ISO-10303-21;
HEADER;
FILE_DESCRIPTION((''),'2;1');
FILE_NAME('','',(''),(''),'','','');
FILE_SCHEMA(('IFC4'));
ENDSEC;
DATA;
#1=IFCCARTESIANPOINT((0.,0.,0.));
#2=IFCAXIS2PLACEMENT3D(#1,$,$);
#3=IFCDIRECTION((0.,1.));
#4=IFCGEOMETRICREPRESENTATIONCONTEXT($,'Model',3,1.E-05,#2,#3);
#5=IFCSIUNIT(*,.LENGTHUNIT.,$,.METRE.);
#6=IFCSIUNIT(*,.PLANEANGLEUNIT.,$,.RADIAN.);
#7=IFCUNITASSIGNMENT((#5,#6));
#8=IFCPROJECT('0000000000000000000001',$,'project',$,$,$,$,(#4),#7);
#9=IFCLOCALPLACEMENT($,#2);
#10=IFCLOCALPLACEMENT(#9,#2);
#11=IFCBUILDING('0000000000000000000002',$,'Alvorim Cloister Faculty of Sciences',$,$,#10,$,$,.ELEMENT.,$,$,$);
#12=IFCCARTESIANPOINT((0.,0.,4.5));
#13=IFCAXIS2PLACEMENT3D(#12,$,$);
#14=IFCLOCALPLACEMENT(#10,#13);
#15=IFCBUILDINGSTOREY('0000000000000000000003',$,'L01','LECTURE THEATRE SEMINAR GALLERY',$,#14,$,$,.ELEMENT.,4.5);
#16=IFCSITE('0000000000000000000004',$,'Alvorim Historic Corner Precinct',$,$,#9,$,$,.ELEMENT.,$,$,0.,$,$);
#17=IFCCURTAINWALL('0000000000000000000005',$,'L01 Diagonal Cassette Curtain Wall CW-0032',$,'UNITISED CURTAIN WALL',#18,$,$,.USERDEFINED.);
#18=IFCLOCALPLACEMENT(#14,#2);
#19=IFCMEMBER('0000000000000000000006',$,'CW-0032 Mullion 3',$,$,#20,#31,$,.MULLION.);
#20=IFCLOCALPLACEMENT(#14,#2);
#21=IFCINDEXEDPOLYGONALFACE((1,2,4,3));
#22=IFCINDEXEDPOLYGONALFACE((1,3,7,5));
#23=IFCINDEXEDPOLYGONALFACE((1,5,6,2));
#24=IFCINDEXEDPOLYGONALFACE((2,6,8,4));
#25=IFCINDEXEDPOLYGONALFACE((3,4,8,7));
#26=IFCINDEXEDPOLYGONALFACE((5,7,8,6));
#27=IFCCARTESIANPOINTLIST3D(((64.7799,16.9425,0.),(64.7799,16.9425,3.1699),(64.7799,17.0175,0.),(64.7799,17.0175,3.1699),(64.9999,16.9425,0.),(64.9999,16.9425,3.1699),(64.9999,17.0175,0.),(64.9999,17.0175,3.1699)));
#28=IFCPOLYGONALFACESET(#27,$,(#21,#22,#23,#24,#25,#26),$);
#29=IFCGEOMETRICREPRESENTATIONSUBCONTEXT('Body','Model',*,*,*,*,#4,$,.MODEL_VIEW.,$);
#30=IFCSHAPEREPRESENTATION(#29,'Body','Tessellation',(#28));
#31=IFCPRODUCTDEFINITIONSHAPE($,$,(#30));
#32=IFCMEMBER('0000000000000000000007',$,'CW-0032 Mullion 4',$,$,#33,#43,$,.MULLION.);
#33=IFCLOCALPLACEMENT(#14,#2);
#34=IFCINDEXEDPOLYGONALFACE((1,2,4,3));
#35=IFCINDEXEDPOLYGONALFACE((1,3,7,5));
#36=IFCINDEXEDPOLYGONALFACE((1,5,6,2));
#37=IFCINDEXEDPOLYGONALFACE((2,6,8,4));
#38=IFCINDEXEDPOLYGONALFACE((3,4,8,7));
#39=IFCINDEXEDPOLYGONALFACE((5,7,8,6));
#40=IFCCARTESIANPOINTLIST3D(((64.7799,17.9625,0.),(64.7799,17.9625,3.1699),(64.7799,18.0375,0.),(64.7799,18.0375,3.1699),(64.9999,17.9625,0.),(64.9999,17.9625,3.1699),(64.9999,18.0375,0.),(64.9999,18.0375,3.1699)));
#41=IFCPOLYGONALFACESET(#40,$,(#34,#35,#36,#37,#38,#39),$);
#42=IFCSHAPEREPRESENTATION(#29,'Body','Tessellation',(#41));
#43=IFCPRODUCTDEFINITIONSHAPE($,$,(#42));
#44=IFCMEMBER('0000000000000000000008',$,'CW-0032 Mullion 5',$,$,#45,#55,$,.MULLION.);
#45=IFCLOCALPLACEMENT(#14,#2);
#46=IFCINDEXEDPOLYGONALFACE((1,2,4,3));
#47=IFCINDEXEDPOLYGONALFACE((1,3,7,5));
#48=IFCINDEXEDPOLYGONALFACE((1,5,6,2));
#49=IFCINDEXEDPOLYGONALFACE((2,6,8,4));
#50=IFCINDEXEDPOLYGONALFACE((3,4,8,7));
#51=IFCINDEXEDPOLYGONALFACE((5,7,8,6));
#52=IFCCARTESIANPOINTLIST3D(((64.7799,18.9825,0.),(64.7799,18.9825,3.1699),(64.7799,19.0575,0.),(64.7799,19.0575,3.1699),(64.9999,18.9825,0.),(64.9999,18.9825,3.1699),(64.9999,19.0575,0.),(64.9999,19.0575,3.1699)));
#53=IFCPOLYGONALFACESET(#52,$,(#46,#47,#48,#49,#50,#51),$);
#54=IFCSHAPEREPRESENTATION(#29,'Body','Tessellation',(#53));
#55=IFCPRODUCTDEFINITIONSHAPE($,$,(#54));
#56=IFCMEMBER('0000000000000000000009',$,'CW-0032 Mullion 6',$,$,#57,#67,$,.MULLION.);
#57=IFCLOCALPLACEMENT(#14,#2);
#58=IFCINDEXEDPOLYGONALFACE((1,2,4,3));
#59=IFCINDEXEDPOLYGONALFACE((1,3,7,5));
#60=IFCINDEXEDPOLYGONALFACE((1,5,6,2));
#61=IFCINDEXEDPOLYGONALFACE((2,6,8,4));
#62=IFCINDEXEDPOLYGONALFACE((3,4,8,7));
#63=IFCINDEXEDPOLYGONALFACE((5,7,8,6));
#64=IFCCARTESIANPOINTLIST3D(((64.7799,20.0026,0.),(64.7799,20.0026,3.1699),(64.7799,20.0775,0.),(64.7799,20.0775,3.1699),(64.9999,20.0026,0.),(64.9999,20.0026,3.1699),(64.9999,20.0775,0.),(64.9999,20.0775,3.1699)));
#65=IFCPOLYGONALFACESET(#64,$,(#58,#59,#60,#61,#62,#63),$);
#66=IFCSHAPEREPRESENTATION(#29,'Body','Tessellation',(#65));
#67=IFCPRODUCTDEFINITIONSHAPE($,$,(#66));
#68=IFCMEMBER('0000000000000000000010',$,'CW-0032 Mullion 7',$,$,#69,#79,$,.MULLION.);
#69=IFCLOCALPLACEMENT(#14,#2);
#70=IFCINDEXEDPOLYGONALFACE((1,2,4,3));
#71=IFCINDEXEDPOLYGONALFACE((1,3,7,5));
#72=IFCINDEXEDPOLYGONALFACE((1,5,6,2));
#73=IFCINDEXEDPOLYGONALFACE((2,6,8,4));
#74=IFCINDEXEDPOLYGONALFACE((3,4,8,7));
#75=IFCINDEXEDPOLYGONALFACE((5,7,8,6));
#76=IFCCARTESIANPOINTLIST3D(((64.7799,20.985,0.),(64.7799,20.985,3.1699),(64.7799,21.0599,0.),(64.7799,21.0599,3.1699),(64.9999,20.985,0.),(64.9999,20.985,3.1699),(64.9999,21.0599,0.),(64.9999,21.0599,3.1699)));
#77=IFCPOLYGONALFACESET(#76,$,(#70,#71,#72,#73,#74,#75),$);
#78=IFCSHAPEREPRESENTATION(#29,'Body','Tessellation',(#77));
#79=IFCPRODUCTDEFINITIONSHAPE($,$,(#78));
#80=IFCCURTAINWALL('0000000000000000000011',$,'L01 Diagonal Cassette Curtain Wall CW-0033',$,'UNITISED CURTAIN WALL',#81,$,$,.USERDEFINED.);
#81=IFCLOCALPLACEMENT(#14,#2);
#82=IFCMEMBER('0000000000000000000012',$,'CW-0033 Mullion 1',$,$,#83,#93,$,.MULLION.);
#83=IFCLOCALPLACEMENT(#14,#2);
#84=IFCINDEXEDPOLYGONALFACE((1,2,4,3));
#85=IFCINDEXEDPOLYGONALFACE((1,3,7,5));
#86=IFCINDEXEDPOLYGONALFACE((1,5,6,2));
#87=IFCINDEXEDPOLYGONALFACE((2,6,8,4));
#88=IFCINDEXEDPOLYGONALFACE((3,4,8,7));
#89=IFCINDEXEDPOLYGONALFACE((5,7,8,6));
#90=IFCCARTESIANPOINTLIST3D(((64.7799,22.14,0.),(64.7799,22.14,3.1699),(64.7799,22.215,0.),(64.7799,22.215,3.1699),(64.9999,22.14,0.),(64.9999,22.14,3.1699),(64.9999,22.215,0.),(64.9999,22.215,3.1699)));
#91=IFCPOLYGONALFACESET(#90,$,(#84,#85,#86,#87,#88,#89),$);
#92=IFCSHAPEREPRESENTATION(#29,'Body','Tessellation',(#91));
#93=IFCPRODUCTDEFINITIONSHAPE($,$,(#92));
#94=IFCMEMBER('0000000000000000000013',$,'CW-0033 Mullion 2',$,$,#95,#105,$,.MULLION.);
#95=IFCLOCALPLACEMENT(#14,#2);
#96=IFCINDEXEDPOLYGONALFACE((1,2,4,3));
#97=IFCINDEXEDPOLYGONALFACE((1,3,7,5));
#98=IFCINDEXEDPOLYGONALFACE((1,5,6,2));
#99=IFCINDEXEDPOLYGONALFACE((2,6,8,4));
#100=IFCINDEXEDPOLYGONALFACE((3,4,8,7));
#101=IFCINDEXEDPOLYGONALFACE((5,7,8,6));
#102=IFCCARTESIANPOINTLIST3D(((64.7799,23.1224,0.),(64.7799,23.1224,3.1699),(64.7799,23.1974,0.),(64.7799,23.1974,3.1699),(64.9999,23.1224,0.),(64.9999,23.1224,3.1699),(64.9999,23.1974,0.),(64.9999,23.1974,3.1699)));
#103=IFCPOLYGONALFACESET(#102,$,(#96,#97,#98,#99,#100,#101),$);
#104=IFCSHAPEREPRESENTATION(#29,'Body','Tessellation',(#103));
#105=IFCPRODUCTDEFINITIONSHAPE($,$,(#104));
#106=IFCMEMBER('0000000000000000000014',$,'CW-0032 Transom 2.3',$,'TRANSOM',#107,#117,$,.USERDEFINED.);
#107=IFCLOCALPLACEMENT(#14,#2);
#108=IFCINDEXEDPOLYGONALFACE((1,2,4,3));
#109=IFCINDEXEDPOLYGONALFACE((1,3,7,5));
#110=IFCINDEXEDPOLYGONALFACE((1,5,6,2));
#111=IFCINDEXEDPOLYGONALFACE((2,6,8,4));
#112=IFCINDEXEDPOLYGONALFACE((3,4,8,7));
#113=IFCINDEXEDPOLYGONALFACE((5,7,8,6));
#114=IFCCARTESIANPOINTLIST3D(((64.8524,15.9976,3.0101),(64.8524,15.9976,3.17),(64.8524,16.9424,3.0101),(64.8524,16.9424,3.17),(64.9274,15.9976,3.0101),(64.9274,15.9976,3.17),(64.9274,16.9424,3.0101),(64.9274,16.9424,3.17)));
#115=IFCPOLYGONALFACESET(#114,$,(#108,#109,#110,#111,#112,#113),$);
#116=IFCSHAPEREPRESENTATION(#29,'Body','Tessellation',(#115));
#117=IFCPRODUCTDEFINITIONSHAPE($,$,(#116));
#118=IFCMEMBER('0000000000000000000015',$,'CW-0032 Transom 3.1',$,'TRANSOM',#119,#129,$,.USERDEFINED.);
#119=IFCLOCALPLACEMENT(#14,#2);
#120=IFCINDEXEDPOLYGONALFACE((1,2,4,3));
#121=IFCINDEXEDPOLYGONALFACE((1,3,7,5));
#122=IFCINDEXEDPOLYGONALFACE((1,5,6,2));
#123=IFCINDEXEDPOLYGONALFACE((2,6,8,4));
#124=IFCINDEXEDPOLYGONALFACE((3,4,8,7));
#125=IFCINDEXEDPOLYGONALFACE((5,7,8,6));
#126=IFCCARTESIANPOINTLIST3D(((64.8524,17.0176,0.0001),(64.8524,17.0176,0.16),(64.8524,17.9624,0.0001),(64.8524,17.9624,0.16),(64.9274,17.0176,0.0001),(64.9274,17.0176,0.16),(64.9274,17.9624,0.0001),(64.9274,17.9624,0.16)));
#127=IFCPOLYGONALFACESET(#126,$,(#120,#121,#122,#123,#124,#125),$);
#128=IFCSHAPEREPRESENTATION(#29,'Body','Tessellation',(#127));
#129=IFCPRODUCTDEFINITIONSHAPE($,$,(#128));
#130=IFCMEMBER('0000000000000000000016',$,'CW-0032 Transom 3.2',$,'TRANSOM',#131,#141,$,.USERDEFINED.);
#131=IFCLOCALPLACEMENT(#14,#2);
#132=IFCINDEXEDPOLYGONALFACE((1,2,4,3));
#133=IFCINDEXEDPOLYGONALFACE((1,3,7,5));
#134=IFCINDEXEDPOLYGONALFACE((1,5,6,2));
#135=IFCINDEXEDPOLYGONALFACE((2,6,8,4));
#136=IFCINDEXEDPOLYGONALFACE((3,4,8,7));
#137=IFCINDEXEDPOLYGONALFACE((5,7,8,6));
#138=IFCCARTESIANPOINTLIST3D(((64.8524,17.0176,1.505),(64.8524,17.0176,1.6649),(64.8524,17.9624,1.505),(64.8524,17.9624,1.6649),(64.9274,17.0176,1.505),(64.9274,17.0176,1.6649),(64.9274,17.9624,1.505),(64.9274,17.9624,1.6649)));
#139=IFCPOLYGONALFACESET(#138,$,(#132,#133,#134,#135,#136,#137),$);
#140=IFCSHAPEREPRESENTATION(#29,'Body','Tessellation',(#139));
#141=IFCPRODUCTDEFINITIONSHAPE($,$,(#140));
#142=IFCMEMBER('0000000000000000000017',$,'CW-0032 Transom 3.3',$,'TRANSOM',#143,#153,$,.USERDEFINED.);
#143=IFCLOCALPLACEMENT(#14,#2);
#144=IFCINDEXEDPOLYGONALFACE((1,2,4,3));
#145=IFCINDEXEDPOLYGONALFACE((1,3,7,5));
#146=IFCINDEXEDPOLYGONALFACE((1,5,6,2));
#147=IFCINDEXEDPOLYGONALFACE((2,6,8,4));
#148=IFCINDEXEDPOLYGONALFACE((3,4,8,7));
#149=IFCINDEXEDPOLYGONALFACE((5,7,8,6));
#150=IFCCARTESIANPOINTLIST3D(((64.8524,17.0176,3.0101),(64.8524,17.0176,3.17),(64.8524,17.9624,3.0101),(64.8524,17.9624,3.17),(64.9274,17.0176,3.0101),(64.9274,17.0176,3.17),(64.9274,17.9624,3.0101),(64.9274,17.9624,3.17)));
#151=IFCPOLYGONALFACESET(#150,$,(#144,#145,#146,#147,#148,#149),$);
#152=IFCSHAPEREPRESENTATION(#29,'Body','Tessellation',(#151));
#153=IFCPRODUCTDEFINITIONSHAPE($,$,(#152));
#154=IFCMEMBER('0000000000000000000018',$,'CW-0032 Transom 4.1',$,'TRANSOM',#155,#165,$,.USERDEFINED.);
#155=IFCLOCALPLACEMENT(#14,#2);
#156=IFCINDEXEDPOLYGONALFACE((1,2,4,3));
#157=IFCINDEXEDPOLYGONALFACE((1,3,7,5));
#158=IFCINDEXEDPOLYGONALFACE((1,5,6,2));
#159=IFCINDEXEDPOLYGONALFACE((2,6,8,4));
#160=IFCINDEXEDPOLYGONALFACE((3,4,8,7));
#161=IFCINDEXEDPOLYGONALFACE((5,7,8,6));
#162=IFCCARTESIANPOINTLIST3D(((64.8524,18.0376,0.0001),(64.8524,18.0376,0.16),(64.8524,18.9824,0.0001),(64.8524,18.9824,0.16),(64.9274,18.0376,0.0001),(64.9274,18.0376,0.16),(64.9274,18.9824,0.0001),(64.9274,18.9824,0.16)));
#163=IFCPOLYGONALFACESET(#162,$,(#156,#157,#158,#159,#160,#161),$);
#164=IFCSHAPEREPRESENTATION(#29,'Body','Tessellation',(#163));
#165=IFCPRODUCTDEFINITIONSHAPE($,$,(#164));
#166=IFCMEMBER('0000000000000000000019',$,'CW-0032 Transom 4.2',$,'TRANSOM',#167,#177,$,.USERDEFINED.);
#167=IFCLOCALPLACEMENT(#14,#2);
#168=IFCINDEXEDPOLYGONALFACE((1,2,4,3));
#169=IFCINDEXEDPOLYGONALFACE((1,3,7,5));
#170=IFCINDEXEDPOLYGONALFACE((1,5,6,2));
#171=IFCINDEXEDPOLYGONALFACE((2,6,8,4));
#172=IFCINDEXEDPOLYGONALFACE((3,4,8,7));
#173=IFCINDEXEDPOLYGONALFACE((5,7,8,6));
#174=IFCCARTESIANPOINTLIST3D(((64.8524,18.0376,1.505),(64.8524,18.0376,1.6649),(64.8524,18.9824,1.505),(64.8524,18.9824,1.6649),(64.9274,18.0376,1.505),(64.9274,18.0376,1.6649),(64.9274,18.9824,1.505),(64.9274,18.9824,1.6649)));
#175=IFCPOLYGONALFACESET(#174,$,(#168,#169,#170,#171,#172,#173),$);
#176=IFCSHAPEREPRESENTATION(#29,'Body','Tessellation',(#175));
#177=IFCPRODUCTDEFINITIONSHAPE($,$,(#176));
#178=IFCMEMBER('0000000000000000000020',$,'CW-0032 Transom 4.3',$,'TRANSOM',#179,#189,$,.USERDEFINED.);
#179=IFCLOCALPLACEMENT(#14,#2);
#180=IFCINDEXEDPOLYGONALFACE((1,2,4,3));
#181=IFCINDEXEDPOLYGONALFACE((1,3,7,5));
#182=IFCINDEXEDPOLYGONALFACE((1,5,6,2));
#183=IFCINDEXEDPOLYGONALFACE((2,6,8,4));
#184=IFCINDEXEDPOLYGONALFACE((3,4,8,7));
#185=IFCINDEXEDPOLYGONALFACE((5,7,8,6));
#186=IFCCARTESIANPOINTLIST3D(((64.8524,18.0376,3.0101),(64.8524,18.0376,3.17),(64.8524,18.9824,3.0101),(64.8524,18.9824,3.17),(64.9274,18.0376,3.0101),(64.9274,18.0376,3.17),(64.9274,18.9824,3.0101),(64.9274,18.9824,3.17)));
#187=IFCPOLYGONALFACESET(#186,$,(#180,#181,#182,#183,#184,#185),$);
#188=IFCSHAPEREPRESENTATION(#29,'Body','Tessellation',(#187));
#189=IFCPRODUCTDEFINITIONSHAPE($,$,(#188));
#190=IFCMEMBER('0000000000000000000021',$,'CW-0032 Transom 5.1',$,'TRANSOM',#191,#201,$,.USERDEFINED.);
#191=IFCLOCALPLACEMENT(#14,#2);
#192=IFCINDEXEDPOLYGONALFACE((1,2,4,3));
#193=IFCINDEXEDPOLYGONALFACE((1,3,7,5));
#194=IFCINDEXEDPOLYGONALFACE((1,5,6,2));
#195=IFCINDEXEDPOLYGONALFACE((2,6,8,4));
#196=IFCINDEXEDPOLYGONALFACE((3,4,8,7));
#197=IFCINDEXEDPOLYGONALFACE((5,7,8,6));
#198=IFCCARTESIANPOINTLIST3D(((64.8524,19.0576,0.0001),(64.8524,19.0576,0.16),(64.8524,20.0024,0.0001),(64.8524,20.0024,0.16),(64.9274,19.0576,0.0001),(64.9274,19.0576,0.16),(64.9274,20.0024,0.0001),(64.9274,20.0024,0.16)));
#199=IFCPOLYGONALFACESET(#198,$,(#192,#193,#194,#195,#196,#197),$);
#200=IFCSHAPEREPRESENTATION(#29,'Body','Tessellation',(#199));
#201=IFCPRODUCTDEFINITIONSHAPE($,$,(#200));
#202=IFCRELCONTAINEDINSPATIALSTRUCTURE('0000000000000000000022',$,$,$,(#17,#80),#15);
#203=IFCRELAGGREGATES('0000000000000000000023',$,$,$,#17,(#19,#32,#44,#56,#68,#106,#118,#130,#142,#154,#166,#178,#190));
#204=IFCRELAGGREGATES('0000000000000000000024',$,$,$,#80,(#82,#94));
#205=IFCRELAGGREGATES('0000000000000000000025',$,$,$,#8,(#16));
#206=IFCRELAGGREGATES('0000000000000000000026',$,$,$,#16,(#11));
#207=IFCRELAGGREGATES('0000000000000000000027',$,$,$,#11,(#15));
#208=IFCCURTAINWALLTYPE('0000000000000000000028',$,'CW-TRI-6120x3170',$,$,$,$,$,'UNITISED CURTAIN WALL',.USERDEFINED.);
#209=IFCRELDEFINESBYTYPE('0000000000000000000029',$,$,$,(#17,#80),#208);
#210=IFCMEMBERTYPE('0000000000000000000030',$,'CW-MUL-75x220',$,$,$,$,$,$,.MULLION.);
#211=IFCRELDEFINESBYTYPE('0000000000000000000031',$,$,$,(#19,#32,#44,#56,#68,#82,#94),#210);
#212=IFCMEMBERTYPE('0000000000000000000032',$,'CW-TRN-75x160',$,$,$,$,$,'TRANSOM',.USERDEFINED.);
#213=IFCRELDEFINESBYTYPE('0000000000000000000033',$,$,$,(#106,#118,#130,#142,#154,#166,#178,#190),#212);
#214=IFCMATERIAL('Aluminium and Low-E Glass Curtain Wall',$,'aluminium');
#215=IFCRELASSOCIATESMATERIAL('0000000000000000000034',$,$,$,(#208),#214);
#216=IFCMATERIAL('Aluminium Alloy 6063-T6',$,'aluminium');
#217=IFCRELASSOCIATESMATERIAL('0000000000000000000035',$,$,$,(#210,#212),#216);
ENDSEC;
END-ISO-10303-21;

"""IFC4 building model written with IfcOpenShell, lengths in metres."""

from ifc_helpers import new_model, si_unit, direction, frame, origin, origin_2d, place, context, subcontext, project, spatial, rectangle, extrude, material, material_profile, profile_set, type_object, element, aggregate, save


model = new_model("IFC4")

# Units and contexts
model_context = context("Model", 3, precision=1e-05, world=origin(), true_north=direction((0.0, 1.0)))
body_context = subcontext(model_context, "Body", "Model", "MODEL_VIEW")
ifc_project = project(units=[si_unit("LENGTHUNIT", "METRE"), si_unit("PLANEANGLEUNIT", "RADIAN")], contexts=[model_context])

# Site, building, storey
site_placement = place(None, origin())
site = spatial("IfcSite", under=ifc_project, at=site_placement, Name="Alvorim Historic Corner Precinct", CompositionType="ELEMENT", RefElevation=0.0)
building_placement = place(site_placement, origin())
building = spatial("IfcBuilding", under=site, at=building_placement, Name="Alvorim Cloister Faculty of Sciences", CompositionType="ELEMENT")
storey_placement = place(building_placement, frame((0.0, 0.0, 4.5)))
storey = spatial("IfcBuildingStorey", under=building, at=storey_placement, Name="L01", Description="LECTURE THEATRE SEMINAR GALLERY", CompositionType="ELEMENT", Elevation=4.5)

# Curtain walls, members
ifc_material_1 = material(Name="Aluminium and Low-E Glass Curtain Wall", Category="aluminium")
curtain_wall_type = type_object("IfcCurtainWallType", Name="CW-TRI-6120x3170", ElementType="UNITISED CURTAIN WALL", PredefinedType="USERDEFINED", material=ifc_material_1)
curtain_wall_1_placement = place(storey_placement, origin())
curtain_wall_1 = element("IfcCurtainWall", 1, at=curtain_wall_1_placement, inside=storey, type_object=curtain_wall_type, Name="L01 Diagonal Cassette Curtain Wall CW-0032", ObjectType="UNITISED CURTAIN WALL", PredefinedType="USERDEFINED")
ifc_material_2 = material(Name="Aluminium Alloy 6063-T6", Category="aluminium")
ifc_material_profile_1 = material_profile(ifc_material_2, rectangle(XDim=0.075, YDim=0.22, at=origin_2d()), Name="ALU-MUL-75x220")
ifc_profile_set_1 = profile_set([ifc_material_profile_1], Name="Aluminium Alloy 6063-T6")
member_type_1 = type_object("IfcMemberType", Name="CW-MUL-75x220", PredefinedType="MULLION", material=ifc_profile_set_1)
member_1_placement = place(storey_placement, frame((64.8899, 16.98, 0.0), z_axis=(0.0, 0.0, 1.0), x_axis=(0.0, 1.0, 0.0)))
member_1 = element("IfcMember", 2, at=member_1_placement, type_object=member_type_1, Name="CW-0032 Mullion 3", PredefinedType="MULLION", context=body_context, shape_type="SweptSolid", body=[
    extrude(rectangle(XDim=0.075, YDim=0.22, at=origin_2d()), origin(), (0.0, 0.0, 1.0), 3.1699),
])
member_2_placement = place(storey_placement, frame((64.8899, 18.0, 0.0), z_axis=(0.0, 0.0, 1.0), x_axis=(0.0, 1.0, 0.0)))
member_2 = element("IfcMember", 3, at=member_2_placement, type_object=member_type_1, Name="CW-0032 Mullion 4", PredefinedType="MULLION", context=body_context, shape_type="SweptSolid", body=[
    extrude(rectangle(XDim=0.075, YDim=0.22, at=origin_2d()), origin(), (0.0, 0.0, 1.0), 3.1699),
])
member_3_placement = place(storey_placement, frame((64.8899, 19.02, 0.0), z_axis=(0.0, 0.0, 1.0), x_axis=(0.0, 1.0, 0.0)))
member_3 = element("IfcMember", 4, at=member_3_placement, type_object=member_type_1, Name="CW-0032 Mullion 5", PredefinedType="MULLION", context=body_context, shape_type="SweptSolid", body=[
    extrude(rectangle(XDim=0.075, YDim=0.22, at=origin_2d()), origin(), (0.0, 0.0, 1.0), 3.1699),
])
member_4_placement = place(storey_placement, frame((64.8899, 20.04, 0.0), z_axis=(0.0, 0.0, 1.0), x_axis=(0.0, 1.0, 0.0)))
member_4 = element("IfcMember", 5, at=member_4_placement, type_object=member_type_1, Name="CW-0032 Mullion 6", PredefinedType="MULLION", context=body_context, shape_type="SweptSolid", body=[
    extrude(rectangle(XDim=0.075, YDim=0.22, at=origin_2d()), origin(), (0.0, 0.0, 1.0), 3.1699),
])
member_5_placement = place(storey_placement, frame((64.8899, 21.0225, 0.0), z_axis=(0.0, 0.0, 1.0), x_axis=(0.0, 1.0, 0.0)))
member_5 = element("IfcMember", 6, at=member_5_placement, type_object=member_type_1, Name="CW-0032 Mullion 7", PredefinedType="MULLION", context=body_context, shape_type="SweptSolid", body=[
    extrude(rectangle(XDim=0.075, YDim=0.22, at=origin_2d()), origin(), (0.0, 0.0, 1.0), 3.1699),
])
curtain_wall_2_placement = place(storey_placement, origin())
curtain_wall_2 = element("IfcCurtainWall", 7, at=curtain_wall_2_placement, inside=storey, type_object=curtain_wall_type, Name="L01 Diagonal Cassette Curtain Wall CW-0033", ObjectType="UNITISED CURTAIN WALL", PredefinedType="USERDEFINED")
member_6_placement = place(storey_placement, frame((64.8899, 22.1775, 0.0), z_axis=(0.0, 0.0, 1.0), x_axis=(0.0, 1.0, 0.0)))
member_6 = element("IfcMember", 8, at=member_6_placement, type_object=member_type_1, Name="CW-0033 Mullion 1", PredefinedType="MULLION", context=body_context, shape_type="SweptSolid", body=[
    extrude(rectangle(XDim=0.075, YDim=0.22, at=origin_2d()), origin(), (0.0, 0.0, 1.0), 3.1699),
])
member_7_placement = place(storey_placement, frame((64.8899, 23.1599, 0.0), z_axis=(0.0, 0.0, 1.0), x_axis=(0.0, 1.0, 0.0)))
member_7 = element("IfcMember", 9, at=member_7_placement, type_object=member_type_1, Name="CW-0033 Mullion 2", PredefinedType="MULLION", context=body_context, shape_type="SweptSolid", body=[
    extrude(rectangle(XDim=0.075, YDim=0.22, at=origin_2d()), origin(), (0.0, 0.0, 1.0), 3.1699),
])

# Members
ifc_material_profile_2 = material_profile(ifc_material_2, rectangle(XDim=0.075, YDim=0.1599, at=origin_2d()), Name="ALU-TRN-75x160")
ifc_profile_set_2 = profile_set([ifc_material_profile_2], Name="Aluminium Alloy 6063-T6")
member_type_2 = type_object("IfcMemberType", Name="CW-TRN-75x160", ElementType="TRANSOM", PredefinedType="USERDEFINED", material=ifc_profile_set_2)
member_8_placement = place(storey_placement, frame((64.8899, 15.9976, 3.0901), z_axis=(0.0, 1.0, 0.0), x_axis=(-1.0, 0.0, 0.0)))
member_8 = element("IfcMember", 10, at=member_8_placement, type_object=member_type_2, Name="CW-0032 Transom 2.3", ObjectType="TRANSOM", PredefinedType="USERDEFINED", context=body_context, shape_type="SweptSolid", body=[
    extrude(rectangle(XDim=0.075, YDim=0.1599, at=origin_2d()), origin(), (0.0, 0.0, 1.0), 0.9448),
])
member_9_placement = place(storey_placement, frame((64.8899, 17.0176, 0.0801), z_axis=(0.0, 1.0, 0.0), x_axis=(-1.0, 0.0, 0.0)))
member_9 = element("IfcMember", 11, at=member_9_placement, type_object=member_type_2, Name="CW-0032 Transom 3.1", ObjectType="TRANSOM", PredefinedType="USERDEFINED", context=body_context, shape_type="SweptSolid", body=[
    extrude(rectangle(XDim=0.075, YDim=0.1599, at=origin_2d()), origin(), (0.0, 0.0, 1.0), 0.9448),
])
member_10_placement = place(storey_placement, frame((64.8899, 17.0176, 1.585), z_axis=(0.0, 1.0, 0.0), x_axis=(-1.0, 0.0, 0.0)))
member_10 = element("IfcMember", 12, at=member_10_placement, type_object=member_type_2, Name="CW-0032 Transom 3.2", ObjectType="TRANSOM", PredefinedType="USERDEFINED", context=body_context, shape_type="SweptSolid", body=[
    extrude(rectangle(XDim=0.075, YDim=0.1599, at=origin_2d()), origin(), (0.0, 0.0, 1.0), 0.9448),
])
member_11_placement = place(storey_placement, frame((64.8899, 17.0176, 3.0901), z_axis=(0.0, 1.0, 0.0), x_axis=(-1.0, 0.0, 0.0)))
member_11 = element("IfcMember", 13, at=member_11_placement, type_object=member_type_2, Name="CW-0032 Transom 3.3", ObjectType="TRANSOM", PredefinedType="USERDEFINED", context=body_context, shape_type="SweptSolid", body=[
    extrude(rectangle(XDim=0.075, YDim=0.1599, at=origin_2d()), origin(), (0.0, 0.0, 1.0), 0.9448),
])
member_12_placement = place(storey_placement, frame((64.8899, 18.0376, 0.0801), z_axis=(0.0, 1.0, 0.0), x_axis=(-1.0, 0.0, 0.0)))
member_12 = element("IfcMember", 14, at=member_12_placement, type_object=member_type_2, Name="CW-0032 Transom 4.1", ObjectType="TRANSOM", PredefinedType="USERDEFINED", context=body_context, shape_type="SweptSolid", body=[
    extrude(rectangle(XDim=0.075, YDim=0.1599, at=origin_2d()), origin(), (0.0, 0.0, 1.0), 0.9448),
])
member_13_placement = place(storey_placement, frame((64.8899, 18.0376, 1.585), z_axis=(0.0, 1.0, 0.0), x_axis=(-1.0, 0.0, 0.0)))
member_13 = element("IfcMember", 15, at=member_13_placement, type_object=member_type_2, Name="CW-0032 Transom 4.2", ObjectType="TRANSOM", PredefinedType="USERDEFINED", context=body_context, shape_type="SweptSolid", body=[
    extrude(rectangle(XDim=0.075, YDim=0.1599, at=origin_2d()), origin(), (0.0, 0.0, 1.0), 0.9448),
])
member_14_placement = place(storey_placement, frame((64.8899, 18.0376, 3.0901), z_axis=(0.0, 1.0, 0.0), x_axis=(-1.0, 0.0, 0.0)))
member_14 = element("IfcMember", 16, at=member_14_placement, type_object=member_type_2, Name="CW-0032 Transom 4.3", ObjectType="TRANSOM", PredefinedType="USERDEFINED", context=body_context, shape_type="SweptSolid", body=[
    extrude(rectangle(XDim=0.075, YDim=0.1599, at=origin_2d()), origin(), (0.0, 0.0, 1.0), 0.9448),
])
member_15_placement = place(storey_placement, frame((64.8899, 19.0576, 0.0801), z_axis=(0.0, 1.0, 0.0), x_axis=(-1.0, 0.0, 0.0)))
member_15 = element("IfcMember", 17, at=member_15_placement, type_object=member_type_2, Name="CW-0032 Transom 5.1", ObjectType="TRANSOM", PredefinedType="USERDEFINED", context=body_context, shape_type="SweptSolid", body=[
    extrude(rectangle(XDim=0.075, YDim=0.1599, at=origin_2d()), origin(), (0.0, 0.0, 1.0), 0.9448),
])
aggregate(curtain_wall_1, [member_1, member_2, member_3, member_4, member_5, member_8, member_9, member_10, member_11, member_12, member_13, member_14, member_15])
aggregate(curtain_wall_2, [member_6, member_7])

save(model, "model.ifc")
